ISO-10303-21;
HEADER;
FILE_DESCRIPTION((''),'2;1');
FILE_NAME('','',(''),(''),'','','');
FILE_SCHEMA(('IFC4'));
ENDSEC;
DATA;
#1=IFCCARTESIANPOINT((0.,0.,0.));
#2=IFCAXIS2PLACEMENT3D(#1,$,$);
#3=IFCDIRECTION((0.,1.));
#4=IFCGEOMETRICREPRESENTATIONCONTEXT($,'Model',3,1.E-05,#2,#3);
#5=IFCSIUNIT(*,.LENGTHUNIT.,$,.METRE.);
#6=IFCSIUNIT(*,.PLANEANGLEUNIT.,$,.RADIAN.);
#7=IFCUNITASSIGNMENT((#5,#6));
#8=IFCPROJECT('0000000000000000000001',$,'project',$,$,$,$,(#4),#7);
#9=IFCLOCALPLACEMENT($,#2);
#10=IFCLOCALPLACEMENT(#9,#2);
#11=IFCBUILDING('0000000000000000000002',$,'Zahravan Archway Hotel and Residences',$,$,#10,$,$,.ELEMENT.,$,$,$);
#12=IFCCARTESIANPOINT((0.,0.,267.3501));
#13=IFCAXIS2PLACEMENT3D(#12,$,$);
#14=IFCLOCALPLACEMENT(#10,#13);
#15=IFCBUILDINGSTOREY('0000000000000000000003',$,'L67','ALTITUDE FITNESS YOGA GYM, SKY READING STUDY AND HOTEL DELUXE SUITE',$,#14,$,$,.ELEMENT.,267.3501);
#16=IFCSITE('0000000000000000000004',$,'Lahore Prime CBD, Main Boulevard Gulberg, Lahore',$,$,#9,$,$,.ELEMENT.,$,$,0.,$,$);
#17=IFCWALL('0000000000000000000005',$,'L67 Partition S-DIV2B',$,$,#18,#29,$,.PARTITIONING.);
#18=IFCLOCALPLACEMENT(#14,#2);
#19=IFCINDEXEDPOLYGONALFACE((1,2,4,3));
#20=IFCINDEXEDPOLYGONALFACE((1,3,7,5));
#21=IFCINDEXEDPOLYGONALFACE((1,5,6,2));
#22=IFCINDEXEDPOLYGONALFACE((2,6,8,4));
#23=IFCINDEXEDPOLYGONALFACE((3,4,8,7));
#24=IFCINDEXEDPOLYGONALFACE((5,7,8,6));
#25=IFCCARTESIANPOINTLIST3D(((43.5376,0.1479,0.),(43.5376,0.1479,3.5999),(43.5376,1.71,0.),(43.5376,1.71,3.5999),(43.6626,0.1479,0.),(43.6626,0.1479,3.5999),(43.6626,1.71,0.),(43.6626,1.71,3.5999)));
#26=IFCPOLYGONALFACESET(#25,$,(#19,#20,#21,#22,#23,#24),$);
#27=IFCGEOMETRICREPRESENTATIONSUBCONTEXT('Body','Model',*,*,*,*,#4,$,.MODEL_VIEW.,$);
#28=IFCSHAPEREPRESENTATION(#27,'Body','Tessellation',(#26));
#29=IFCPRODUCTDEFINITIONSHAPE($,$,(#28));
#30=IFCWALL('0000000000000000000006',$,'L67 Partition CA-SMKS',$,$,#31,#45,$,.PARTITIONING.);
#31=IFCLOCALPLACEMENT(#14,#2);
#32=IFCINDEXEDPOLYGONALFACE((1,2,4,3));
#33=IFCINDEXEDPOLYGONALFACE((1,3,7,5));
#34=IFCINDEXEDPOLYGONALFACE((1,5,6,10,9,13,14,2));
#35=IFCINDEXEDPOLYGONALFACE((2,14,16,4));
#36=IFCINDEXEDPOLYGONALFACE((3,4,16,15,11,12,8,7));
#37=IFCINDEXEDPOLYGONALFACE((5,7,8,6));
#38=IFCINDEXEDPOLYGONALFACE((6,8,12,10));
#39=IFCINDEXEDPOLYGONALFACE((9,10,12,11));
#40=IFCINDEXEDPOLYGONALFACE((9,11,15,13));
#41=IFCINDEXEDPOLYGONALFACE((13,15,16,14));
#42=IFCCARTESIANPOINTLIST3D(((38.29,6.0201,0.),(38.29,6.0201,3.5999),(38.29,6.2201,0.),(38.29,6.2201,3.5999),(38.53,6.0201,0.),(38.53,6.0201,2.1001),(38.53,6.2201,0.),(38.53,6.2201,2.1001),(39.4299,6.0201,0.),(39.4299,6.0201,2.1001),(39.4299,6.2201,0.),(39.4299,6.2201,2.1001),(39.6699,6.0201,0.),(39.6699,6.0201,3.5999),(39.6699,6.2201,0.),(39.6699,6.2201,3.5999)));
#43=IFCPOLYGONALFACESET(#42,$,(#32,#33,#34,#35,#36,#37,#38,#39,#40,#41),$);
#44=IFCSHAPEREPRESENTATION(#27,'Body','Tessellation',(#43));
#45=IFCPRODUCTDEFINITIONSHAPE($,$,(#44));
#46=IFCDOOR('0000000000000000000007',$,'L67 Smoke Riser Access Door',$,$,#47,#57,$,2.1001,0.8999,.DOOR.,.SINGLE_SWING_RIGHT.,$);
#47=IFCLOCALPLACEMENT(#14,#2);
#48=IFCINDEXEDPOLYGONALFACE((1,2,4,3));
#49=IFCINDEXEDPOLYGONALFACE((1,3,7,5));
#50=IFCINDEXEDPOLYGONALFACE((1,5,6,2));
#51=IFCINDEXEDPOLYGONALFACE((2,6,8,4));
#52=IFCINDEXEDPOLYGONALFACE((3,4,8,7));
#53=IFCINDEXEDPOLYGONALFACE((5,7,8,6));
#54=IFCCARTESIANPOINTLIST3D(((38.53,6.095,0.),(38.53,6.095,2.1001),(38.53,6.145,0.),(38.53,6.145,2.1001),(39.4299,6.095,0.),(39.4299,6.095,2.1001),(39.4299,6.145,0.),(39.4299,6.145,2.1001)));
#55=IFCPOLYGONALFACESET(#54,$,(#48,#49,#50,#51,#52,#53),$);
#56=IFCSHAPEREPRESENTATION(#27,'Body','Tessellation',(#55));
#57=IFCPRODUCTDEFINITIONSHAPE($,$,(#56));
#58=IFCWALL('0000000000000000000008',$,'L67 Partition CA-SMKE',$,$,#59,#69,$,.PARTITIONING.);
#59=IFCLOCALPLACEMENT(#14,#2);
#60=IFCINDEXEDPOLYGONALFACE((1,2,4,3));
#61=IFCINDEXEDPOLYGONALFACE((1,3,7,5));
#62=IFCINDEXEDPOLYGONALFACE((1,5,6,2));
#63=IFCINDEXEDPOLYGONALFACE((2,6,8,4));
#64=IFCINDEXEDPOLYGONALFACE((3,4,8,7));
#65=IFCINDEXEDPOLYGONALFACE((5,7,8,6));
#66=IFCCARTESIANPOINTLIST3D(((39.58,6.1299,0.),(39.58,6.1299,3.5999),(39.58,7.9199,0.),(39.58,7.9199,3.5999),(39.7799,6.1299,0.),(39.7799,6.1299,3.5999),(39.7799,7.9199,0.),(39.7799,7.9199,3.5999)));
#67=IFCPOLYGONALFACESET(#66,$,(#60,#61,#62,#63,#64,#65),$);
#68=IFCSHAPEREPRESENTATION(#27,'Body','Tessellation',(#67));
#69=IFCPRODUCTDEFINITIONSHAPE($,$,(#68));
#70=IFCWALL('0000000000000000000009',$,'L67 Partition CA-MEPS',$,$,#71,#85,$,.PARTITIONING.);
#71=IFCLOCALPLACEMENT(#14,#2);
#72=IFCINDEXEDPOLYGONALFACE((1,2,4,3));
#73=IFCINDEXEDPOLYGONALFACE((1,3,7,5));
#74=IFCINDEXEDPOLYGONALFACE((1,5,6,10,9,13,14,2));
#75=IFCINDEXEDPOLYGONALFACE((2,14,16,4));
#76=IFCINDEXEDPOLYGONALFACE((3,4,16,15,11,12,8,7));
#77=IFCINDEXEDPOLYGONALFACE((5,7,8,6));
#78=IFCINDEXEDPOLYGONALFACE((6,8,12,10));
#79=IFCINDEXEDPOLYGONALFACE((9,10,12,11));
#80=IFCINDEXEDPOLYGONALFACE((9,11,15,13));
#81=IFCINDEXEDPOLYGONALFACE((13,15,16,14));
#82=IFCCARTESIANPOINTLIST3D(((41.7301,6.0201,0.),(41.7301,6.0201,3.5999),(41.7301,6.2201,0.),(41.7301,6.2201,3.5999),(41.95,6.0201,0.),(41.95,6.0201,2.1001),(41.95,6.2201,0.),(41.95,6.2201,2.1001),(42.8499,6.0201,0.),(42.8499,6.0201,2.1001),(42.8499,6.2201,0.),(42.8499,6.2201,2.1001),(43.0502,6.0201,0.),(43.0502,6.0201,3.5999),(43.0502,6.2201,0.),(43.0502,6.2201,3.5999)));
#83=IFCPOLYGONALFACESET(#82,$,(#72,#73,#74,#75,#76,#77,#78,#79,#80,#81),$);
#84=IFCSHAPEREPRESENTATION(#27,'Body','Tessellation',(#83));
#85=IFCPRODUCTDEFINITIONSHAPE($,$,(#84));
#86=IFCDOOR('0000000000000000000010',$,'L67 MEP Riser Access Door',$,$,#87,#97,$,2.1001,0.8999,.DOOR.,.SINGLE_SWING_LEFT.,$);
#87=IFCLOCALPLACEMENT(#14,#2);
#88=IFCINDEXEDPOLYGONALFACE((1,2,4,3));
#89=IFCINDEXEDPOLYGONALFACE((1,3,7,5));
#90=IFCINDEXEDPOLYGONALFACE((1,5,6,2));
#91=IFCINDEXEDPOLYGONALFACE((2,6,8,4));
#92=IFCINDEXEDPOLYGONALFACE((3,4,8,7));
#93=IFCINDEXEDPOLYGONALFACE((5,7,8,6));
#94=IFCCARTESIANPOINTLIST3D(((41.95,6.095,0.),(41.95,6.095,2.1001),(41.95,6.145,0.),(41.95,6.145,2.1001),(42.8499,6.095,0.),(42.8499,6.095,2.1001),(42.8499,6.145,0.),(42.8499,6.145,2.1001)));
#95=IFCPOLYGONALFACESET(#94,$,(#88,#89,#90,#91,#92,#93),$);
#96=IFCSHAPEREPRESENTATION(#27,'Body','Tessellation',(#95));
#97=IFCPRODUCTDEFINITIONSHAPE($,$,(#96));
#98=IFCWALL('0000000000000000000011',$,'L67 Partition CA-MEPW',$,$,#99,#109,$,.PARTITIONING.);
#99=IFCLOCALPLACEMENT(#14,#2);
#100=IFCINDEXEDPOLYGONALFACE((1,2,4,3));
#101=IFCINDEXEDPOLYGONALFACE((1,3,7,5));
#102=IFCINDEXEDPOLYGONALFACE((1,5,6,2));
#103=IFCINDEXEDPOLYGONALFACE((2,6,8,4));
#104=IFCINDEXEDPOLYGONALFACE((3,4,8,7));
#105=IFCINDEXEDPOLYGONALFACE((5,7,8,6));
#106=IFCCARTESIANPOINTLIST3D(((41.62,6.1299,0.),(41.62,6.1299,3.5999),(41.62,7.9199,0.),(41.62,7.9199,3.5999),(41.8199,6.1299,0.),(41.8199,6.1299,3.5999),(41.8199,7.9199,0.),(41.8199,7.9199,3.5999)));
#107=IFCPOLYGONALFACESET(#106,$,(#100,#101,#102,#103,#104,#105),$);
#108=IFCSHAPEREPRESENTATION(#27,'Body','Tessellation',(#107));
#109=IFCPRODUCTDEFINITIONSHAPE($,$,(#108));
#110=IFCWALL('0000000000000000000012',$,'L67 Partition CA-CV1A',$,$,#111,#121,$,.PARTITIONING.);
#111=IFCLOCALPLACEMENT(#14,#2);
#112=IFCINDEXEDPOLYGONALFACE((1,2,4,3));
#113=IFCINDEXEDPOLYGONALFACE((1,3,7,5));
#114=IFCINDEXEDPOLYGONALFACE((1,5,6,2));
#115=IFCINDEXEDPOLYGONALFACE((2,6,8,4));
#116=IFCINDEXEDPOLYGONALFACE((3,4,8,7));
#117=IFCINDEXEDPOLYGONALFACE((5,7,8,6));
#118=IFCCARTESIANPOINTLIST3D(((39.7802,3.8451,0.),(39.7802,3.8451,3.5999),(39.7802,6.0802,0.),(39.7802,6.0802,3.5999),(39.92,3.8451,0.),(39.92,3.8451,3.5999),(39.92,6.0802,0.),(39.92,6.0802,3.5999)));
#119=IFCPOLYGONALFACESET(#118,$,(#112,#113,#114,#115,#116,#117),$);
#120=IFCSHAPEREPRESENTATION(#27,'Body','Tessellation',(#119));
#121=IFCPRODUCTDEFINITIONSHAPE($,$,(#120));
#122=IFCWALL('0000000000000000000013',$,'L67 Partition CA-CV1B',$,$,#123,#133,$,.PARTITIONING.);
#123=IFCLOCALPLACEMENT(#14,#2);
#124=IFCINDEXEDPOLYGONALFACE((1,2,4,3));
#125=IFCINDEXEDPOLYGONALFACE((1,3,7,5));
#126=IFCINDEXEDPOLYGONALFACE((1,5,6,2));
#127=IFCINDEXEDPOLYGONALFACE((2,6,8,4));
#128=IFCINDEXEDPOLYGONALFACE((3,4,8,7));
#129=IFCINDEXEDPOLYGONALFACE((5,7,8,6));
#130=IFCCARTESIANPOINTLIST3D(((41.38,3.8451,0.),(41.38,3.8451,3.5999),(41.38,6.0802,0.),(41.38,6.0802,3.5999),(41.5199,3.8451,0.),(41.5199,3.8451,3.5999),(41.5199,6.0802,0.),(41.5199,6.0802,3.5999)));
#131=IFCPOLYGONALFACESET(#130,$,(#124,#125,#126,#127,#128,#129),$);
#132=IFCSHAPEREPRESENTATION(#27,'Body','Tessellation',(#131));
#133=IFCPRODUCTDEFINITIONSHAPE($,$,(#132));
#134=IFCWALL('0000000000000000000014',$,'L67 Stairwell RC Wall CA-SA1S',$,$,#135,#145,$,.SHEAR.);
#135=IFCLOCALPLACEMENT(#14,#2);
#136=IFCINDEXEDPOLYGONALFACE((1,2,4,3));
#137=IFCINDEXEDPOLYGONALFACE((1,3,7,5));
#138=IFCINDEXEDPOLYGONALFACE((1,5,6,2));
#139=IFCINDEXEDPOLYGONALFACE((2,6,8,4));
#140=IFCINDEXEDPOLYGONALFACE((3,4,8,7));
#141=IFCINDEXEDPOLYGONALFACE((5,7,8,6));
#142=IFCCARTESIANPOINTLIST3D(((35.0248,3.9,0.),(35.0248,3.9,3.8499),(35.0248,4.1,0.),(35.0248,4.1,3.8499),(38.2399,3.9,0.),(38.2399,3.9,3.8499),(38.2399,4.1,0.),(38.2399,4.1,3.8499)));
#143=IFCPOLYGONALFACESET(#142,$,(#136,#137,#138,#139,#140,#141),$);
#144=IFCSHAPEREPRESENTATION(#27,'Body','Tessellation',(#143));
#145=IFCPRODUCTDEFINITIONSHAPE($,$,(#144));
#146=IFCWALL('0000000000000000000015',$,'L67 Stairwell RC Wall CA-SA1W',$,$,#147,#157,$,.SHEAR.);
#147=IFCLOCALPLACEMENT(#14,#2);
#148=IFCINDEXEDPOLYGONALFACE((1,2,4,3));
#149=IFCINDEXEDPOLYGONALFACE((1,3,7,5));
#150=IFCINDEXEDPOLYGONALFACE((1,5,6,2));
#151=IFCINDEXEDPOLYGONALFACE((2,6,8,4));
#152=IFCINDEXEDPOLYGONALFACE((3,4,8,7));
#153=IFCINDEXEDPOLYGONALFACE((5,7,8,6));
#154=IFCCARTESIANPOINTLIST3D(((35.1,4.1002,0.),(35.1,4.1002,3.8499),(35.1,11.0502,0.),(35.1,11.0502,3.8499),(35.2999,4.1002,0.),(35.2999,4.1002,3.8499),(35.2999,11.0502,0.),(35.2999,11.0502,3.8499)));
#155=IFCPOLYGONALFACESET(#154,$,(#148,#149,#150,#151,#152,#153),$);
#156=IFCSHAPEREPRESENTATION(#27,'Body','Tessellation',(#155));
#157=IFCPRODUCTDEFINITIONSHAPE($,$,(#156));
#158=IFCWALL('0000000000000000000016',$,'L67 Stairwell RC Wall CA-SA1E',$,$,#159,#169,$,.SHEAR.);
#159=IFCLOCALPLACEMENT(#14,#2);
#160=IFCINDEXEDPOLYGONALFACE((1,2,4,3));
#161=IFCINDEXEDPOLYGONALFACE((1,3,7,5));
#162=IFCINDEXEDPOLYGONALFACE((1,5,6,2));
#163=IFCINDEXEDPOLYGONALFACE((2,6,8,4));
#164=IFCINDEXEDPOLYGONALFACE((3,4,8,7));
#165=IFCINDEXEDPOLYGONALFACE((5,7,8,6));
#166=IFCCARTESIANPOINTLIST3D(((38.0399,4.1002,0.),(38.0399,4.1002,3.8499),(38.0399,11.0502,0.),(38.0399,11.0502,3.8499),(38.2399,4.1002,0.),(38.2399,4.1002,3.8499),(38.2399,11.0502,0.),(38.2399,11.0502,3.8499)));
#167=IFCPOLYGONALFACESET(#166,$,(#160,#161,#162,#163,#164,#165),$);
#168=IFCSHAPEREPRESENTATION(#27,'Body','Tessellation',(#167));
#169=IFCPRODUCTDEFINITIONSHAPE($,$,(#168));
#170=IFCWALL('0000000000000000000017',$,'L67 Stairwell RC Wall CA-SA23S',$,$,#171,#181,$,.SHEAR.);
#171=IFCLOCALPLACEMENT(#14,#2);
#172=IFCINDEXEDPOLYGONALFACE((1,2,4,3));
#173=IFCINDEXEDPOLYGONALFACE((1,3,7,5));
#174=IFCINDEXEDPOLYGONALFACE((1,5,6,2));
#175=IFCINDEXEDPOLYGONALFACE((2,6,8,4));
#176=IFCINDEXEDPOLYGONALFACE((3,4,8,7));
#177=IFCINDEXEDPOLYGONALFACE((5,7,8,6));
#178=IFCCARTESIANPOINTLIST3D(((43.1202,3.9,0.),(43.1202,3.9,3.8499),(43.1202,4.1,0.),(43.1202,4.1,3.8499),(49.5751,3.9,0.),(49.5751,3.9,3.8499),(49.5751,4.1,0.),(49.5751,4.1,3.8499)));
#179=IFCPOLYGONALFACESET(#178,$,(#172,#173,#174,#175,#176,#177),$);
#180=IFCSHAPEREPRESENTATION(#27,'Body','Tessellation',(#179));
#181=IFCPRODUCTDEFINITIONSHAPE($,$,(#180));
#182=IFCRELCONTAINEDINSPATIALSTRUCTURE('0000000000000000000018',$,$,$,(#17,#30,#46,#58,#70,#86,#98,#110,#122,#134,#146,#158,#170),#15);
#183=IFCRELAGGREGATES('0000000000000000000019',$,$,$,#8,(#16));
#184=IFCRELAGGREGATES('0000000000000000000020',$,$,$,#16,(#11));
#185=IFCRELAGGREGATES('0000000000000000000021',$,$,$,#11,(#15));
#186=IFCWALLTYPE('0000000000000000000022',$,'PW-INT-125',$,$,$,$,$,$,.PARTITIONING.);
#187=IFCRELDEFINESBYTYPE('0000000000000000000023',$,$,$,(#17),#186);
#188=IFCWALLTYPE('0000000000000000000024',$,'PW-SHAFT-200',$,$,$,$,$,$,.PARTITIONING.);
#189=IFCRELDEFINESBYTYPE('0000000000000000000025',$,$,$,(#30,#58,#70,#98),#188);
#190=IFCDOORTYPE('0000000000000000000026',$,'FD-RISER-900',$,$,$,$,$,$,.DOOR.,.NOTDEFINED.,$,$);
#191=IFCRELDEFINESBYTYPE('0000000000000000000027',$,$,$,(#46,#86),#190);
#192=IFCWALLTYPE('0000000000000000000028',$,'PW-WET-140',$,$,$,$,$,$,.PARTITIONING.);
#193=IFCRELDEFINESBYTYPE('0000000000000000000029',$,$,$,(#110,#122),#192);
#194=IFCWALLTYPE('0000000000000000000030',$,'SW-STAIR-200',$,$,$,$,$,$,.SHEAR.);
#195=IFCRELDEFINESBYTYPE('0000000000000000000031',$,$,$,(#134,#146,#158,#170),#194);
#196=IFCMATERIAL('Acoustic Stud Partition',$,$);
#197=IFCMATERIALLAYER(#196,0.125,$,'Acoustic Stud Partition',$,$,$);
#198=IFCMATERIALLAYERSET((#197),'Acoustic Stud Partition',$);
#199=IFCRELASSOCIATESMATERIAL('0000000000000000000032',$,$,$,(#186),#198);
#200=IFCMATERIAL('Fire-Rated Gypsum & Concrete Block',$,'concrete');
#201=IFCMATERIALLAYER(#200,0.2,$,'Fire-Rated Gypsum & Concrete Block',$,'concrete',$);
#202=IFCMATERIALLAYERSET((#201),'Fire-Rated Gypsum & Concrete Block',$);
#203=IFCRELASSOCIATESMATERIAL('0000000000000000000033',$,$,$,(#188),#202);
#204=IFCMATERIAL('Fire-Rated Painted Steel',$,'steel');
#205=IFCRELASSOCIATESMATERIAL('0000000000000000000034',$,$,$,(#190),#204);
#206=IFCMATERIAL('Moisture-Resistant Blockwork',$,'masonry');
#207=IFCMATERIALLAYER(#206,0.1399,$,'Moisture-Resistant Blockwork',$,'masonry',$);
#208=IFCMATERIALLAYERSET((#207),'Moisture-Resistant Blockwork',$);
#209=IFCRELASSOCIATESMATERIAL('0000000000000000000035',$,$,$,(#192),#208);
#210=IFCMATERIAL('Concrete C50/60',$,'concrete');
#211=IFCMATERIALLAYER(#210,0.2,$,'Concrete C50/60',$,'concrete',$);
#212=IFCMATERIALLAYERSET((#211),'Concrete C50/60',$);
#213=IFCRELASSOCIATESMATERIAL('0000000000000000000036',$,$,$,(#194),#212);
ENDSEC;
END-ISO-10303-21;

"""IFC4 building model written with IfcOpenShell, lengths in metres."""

from ifc_helpers import new_model, si_unit, direction, frame, frame_2d, origin, place, context, subcontext, project, spatial, rectangle, extrude, source, transform, mapped, material, layer, layer_set, type_object, type_shapes, element, fill, save


model = new_model("IFC4")

# Units and contexts
model_context = context("Model", 3, precision=1e-05, world=origin(), true_north=direction((0.0, 1.0)))
body_context = subcontext(model_context, "Body", "Model", "MODEL_VIEW")
ifc_project = project(units=[si_unit("LENGTHUNIT", "METRE"), si_unit("PLANEANGLEUNIT", "RADIAN")], contexts=[model_context])

# Site, building, storey
site_placement = place(None, origin())
site = spatial("IfcSite", under=ifc_project, at=site_placement, Name="Lahore Prime CBD, Main Boulevard Gulberg, Lahore", CompositionType="ELEMENT", RefElevation=0.0)
building_placement = place(site_placement, origin())
building = spatial("IfcBuilding", under=site, at=building_placement, Name="Zahravan Archway Hotel and Residences", CompositionType="ELEMENT")
storey_placement = place(building_placement, frame((0.0, 0.0, 267.3501)))
storey = spatial("IfcBuildingStorey", under=building, at=storey_placement, Name="L67", Description="ALTITUDE FITNESS YOGA GYM, SKY READING STUDY AND HOTEL DELUXE SUITE", CompositionType="ELEMENT", Elevation=267.3501)

# Shared definitions
ifc_material_1 = material(Name="Concrete C50/60", Category="concrete")

# Wall
ifc_material_2 = material(Name="Acoustic Stud Partition")
ifc_layer_1 = layer(ifc_material_2, 0.125, Name="Acoustic Stud Partition")
ifc_layer_set_1 = layer_set([ifc_layer_1], Name="Acoustic Stud Partition")
wall_type_1 = type_object("IfcWallType", Name="PW-INT-125", PredefinedType="PARTITIONING", material=ifc_layer_set_1)
for number, where, z_axis, x_axis, name in (
    (1, (43.6001, 0.1479, 0.0), (0.0, 0.0, 1.0), (0.0, 1.0, 0.0), "L67 Partition S-DIV2B"),
):
    element("IfcWall", number, at=place(storey_placement, frame(where, z_axis=z_axis, x_axis=x_axis)), inside=storey, type_object=wall_type_1, Name=name, PredefinedType="PARTITIONING", context=body_context, shape_type="SweptSolid", body=[
        extrude(rectangle(XDim=1.562, YDim=0.125, at=frame_2d((0.781, 0.0))), origin(), (0.0, 0.0, 1.0), 3.5999),
    ])

# Wall, opening, door
ifc_material_3 = material(Name="Fire-Rated Gypsum & Concrete Block", Category="concrete")
ifc_layer_2 = layer(ifc_material_3, 0.2, Name="Fire-Rated Gypsum & Concrete Block", Category="concrete")
ifc_layer_set_2 = layer_set([ifc_layer_2], Name="Fire-Rated Gypsum & Concrete Block")
wall_type_2 = type_object("IfcWallType", Name="PW-SHAFT-200", PredefinedType="PARTITIONING", material=ifc_layer_set_2)
wall_1_placement = place(storey_placement, frame((38.29, 6.1201, 0.0), z_axis=(0.0, 0.0, 1.0), x_axis=(1.0, 0.0, 0.0)))
wall_1 = element("IfcWall", 2, at=wall_1_placement, inside=storey, type_object=wall_type_2, Name="L67 Partition CA-SMKS", PredefinedType="PARTITIONING", context=body_context, shape_type="SweptSolid", body=[
    extrude(rectangle(XDim=1.3799, YDim=0.2, at=frame_2d((0.6899, 0.0))), origin(), (0.0, 0.0, 1.0), 3.5999),
])
opening_1_placement = place(wall_1_placement, frame((0.24, 0.0, 0.0)))
opening_1 = element("IfcOpeningElement", 3, at=opening_1_placement, cuts=wall_1, PredefinedType="OPENING", context=body_context, shape_type="SweptSolid", body=[
    extrude(rectangle(XDim=0.8999, YDim=2.1001, at=frame_2d((0.45, 1.05))), frame((0.0, 0.1099, 0.0), z_axis=(0.0, -1.0, 0.0), x_axis=(1.0, 0.0, 0.0)), (0.0, 0.0, 1.0), 0.22),
])
ifc_material_4 = material(Name="Fire-Rated Painted Steel", Category="steel")
door_type = type_object("IfcDoorType", Name="FD-RISER-900", OperationType="NOTDEFINED", PredefinedType="DOOR", material=ifc_material_4)
shared_shape_1 = source(origin(), body_context, "Body", "SweptSolid", [
    extrude(rectangle(XDim=0.8999, YDim=2.1001, at=frame_2d((0.45, 1.05))), frame((0.0, 0.0249, 0.0), z_axis=(0.0, -1.0, 0.0), x_axis=(1.0, 0.0, 0.0)), (0.0, 0.0, 1.0), 0.05),
])
type_shapes(door_type, [shared_shape_1])
door_1_placement = place(opening_1_placement, origin())
door_1 = element("IfcDoor", 4, at=door_1_placement, inside=storey, type_object=door_type, Name="L67 Smoke Riser Access Door", OperationType="SINGLE_SWING_RIGHT", OverallHeight=2.1001, OverallWidth=0.8999, PredefinedType="DOOR", context=body_context, shape_type="MappedRepresentation", body=[
    mapped(shared_shape_1, transform((0.0, 0.0, 0.0), scale=1.0)),
])
fill(opening_1, door_1)

# Wall
wall_2_placement = place(storey_placement, frame((39.6799, 6.1299, 0.0), z_axis=(0.0, 0.0, 1.0), x_axis=(0.0, 1.0, 0.0)))
element("IfcWall", 5, at=wall_2_placement, inside=storey, type_object=wall_type_2, Name="L67 Partition CA-SMKE", PredefinedType="PARTITIONING", context=body_context, shape_type="SweptSolid", body=[
    extrude(rectangle(XDim=1.79, YDim=0.2, at=frame_2d((0.895, 0.0))), origin(), (0.0, 0.0, 1.0), 3.5999),
])

# Wall, opening, door
wall_3_placement = place(storey_placement, frame((41.73, 6.1201, 0.0), z_axis=(0.0, 0.0, 1.0), x_axis=(1.0, 0.0, 0.0)))
wall_3 = element("IfcWall", 6, at=wall_3_placement, inside=storey, type_object=wall_type_2, Name="L67 Partition CA-MEPS", PredefinedType="PARTITIONING", context=body_context, shape_type="SweptSolid", body=[
    extrude(rectangle(XDim=1.3201, YDim=0.2, at=frame_2d((0.6602, 0.0))), origin(), (0.0, 0.0, 1.0), 3.5999),
])
opening_2_placement = place(wall_3_placement, frame((0.22, 0.0, 0.0)))
opening_2 = element("IfcOpeningElement", 7, at=opening_2_placement, cuts=wall_3, PredefinedType="OPENING", context=body_context, shape_type="SweptSolid", body=[
    extrude(rectangle(XDim=0.8999, YDim=2.1001, at=frame_2d((0.45, 1.05))), frame((0.0, 0.1099, 0.0), z_axis=(0.0, -1.0, 0.0), x_axis=(1.0, 0.0, 0.0)), (0.0, 0.0, 1.0), 0.22),
])
door_2_placement = place(opening_2_placement, origin())
door_2 = element("IfcDoor", 8, at=door_2_placement, inside=storey, type_object=door_type, Name="L67 MEP Riser Access Door", OperationType="SINGLE_SWING_LEFT", OverallHeight=2.1001, OverallWidth=0.8999, PredefinedType="DOOR", context=body_context, shape_type="MappedRepresentation", body=[
    mapped(shared_shape_1, transform((0.0, 0.0, 0.0), scale=1.0)),
])
fill(opening_2, door_2)

# Walls
wall_4_placement = place(storey_placement, frame((41.72, 6.1299, 0.0), z_axis=(0.0, 0.0, 1.0), x_axis=(0.0, 1.0, 0.0)))
element("IfcWall", 9, at=wall_4_placement, inside=storey, type_object=wall_type_2, Name="L67 Partition CA-MEPW", PredefinedType="PARTITIONING", context=body_context, shape_type="SweptSolid", body=[
    extrude(rectangle(XDim=1.79, YDim=0.2, at=frame_2d((0.895, 0.0))), origin(), (0.0, 0.0, 1.0), 3.5999),
])
ifc_material_5 = material(Name="Moisture-Resistant Blockwork", Category="masonry")
ifc_layer_3 = layer(ifc_material_5, 0.1399, Name="Moisture-Resistant Blockwork", Category="masonry")
ifc_layer_set_3 = layer_set([ifc_layer_3], Name="Moisture-Resistant Blockwork")
wall_type_3 = type_object("IfcWallType", Name="PW-WET-140", PredefinedType="PARTITIONING", material=ifc_layer_set_3)
for number, where, z_axis, x_axis, name in (
    (10, (39.8501, 3.845, 0.0), (0.0, 0.0, 1.0), (0.0, 1.0, 0.0), "L67 Partition CA-CV1A"),
    (11, (41.45, 3.845, 0.0), (0.0, 0.0, 1.0), (0.0, 1.0, 0.0), "L67 Partition CA-CV1B"),
):
    element("IfcWall", number, at=place(storey_placement, frame(where, z_axis=z_axis, x_axis=x_axis)), inside=storey, type_object=wall_type_3, Name=name, PredefinedType="PARTITIONING", context=body_context, shape_type="SweptSolid", body=[
        extrude(rectangle(XDim=2.2351, YDim=0.1399, at=frame_2d((1.1177, 0.0))), origin(), (0.0, 0.0, 1.0), 3.5999),
    ])
ifc_layer_4 = layer(ifc_material_1, 0.2, Name="Concrete C50/60", Category="concrete")
ifc_layer_set_4 = layer_set([ifc_layer_4], Name="Concrete C50/60")
wall_type_4 = type_object("IfcWallType", Name="SW-STAIR-200", PredefinedType="SHEAR", material=ifc_layer_set_4)
wall_5_placement = place(storey_placement, frame((35.0249, 4.0, 0.0), z_axis=(0.0, 0.0, 1.0), x_axis=(1.0, 0.0, 0.0)))
element("IfcWall", 12, at=wall_5_placement, inside=storey, type_object=wall_type_4, Name="L67 Stairwell RC Wall CA-SA1S", PredefinedType="SHEAR", context=body_context, shape_type="SweptSolid", body=[
    extrude(rectangle(XDim=3.2151, YDim=0.2, at=frame_2d((1.6074, 0.0))), origin(), (0.0, 0.0, 1.0), 3.8499),
])
for number, where, z_axis, x_axis, name in (
    (13, (35.2, 4.1001, 0.0), (0.0, 0.0, 1.0), (0.0, 1.0, 0.0), "L67 Stairwell RC Wall CA-SA1W"),
    (14, (38.1399, 4.1001, 0.0), (0.0, 0.0, 1.0), (0.0, 1.0, 0.0), "L67 Stairwell RC Wall CA-SA1E"),
):
    element("IfcWall", number, at=place(storey_placement, frame(where, z_axis=z_axis, x_axis=x_axis)), inside=storey, type_object=wall_type_4, Name=name, PredefinedType="SHEAR", context=body_context, shape_type="SweptSolid", body=[
        extrude(rectangle(XDim=6.95, YDim=0.2, at=frame_2d((3.4751, 0.0))), origin(), (0.0, 0.0, 1.0), 3.8499),
    ])
wall_6_placement = place(storey_placement, frame((43.1201, 4.0, 0.0), z_axis=(0.0, 0.0, 1.0), x_axis=(1.0, 0.0, 0.0)))
element("IfcWall", 15, at=wall_6_placement, inside=storey, type_object=wall_type_4, Name="L67 Stairwell RC Wall CA-SA23S", PredefinedType="SHEAR", context=body_context, shape_type="SweptSolid", body=[
    extrude(rectangle(XDim=6.4548, YDim=0.2, at=frame_2d((3.2275, 0.0))), origin(), (0.0, 0.0, 1.0), 3.8499),
])

save(model, "model.ifc")
